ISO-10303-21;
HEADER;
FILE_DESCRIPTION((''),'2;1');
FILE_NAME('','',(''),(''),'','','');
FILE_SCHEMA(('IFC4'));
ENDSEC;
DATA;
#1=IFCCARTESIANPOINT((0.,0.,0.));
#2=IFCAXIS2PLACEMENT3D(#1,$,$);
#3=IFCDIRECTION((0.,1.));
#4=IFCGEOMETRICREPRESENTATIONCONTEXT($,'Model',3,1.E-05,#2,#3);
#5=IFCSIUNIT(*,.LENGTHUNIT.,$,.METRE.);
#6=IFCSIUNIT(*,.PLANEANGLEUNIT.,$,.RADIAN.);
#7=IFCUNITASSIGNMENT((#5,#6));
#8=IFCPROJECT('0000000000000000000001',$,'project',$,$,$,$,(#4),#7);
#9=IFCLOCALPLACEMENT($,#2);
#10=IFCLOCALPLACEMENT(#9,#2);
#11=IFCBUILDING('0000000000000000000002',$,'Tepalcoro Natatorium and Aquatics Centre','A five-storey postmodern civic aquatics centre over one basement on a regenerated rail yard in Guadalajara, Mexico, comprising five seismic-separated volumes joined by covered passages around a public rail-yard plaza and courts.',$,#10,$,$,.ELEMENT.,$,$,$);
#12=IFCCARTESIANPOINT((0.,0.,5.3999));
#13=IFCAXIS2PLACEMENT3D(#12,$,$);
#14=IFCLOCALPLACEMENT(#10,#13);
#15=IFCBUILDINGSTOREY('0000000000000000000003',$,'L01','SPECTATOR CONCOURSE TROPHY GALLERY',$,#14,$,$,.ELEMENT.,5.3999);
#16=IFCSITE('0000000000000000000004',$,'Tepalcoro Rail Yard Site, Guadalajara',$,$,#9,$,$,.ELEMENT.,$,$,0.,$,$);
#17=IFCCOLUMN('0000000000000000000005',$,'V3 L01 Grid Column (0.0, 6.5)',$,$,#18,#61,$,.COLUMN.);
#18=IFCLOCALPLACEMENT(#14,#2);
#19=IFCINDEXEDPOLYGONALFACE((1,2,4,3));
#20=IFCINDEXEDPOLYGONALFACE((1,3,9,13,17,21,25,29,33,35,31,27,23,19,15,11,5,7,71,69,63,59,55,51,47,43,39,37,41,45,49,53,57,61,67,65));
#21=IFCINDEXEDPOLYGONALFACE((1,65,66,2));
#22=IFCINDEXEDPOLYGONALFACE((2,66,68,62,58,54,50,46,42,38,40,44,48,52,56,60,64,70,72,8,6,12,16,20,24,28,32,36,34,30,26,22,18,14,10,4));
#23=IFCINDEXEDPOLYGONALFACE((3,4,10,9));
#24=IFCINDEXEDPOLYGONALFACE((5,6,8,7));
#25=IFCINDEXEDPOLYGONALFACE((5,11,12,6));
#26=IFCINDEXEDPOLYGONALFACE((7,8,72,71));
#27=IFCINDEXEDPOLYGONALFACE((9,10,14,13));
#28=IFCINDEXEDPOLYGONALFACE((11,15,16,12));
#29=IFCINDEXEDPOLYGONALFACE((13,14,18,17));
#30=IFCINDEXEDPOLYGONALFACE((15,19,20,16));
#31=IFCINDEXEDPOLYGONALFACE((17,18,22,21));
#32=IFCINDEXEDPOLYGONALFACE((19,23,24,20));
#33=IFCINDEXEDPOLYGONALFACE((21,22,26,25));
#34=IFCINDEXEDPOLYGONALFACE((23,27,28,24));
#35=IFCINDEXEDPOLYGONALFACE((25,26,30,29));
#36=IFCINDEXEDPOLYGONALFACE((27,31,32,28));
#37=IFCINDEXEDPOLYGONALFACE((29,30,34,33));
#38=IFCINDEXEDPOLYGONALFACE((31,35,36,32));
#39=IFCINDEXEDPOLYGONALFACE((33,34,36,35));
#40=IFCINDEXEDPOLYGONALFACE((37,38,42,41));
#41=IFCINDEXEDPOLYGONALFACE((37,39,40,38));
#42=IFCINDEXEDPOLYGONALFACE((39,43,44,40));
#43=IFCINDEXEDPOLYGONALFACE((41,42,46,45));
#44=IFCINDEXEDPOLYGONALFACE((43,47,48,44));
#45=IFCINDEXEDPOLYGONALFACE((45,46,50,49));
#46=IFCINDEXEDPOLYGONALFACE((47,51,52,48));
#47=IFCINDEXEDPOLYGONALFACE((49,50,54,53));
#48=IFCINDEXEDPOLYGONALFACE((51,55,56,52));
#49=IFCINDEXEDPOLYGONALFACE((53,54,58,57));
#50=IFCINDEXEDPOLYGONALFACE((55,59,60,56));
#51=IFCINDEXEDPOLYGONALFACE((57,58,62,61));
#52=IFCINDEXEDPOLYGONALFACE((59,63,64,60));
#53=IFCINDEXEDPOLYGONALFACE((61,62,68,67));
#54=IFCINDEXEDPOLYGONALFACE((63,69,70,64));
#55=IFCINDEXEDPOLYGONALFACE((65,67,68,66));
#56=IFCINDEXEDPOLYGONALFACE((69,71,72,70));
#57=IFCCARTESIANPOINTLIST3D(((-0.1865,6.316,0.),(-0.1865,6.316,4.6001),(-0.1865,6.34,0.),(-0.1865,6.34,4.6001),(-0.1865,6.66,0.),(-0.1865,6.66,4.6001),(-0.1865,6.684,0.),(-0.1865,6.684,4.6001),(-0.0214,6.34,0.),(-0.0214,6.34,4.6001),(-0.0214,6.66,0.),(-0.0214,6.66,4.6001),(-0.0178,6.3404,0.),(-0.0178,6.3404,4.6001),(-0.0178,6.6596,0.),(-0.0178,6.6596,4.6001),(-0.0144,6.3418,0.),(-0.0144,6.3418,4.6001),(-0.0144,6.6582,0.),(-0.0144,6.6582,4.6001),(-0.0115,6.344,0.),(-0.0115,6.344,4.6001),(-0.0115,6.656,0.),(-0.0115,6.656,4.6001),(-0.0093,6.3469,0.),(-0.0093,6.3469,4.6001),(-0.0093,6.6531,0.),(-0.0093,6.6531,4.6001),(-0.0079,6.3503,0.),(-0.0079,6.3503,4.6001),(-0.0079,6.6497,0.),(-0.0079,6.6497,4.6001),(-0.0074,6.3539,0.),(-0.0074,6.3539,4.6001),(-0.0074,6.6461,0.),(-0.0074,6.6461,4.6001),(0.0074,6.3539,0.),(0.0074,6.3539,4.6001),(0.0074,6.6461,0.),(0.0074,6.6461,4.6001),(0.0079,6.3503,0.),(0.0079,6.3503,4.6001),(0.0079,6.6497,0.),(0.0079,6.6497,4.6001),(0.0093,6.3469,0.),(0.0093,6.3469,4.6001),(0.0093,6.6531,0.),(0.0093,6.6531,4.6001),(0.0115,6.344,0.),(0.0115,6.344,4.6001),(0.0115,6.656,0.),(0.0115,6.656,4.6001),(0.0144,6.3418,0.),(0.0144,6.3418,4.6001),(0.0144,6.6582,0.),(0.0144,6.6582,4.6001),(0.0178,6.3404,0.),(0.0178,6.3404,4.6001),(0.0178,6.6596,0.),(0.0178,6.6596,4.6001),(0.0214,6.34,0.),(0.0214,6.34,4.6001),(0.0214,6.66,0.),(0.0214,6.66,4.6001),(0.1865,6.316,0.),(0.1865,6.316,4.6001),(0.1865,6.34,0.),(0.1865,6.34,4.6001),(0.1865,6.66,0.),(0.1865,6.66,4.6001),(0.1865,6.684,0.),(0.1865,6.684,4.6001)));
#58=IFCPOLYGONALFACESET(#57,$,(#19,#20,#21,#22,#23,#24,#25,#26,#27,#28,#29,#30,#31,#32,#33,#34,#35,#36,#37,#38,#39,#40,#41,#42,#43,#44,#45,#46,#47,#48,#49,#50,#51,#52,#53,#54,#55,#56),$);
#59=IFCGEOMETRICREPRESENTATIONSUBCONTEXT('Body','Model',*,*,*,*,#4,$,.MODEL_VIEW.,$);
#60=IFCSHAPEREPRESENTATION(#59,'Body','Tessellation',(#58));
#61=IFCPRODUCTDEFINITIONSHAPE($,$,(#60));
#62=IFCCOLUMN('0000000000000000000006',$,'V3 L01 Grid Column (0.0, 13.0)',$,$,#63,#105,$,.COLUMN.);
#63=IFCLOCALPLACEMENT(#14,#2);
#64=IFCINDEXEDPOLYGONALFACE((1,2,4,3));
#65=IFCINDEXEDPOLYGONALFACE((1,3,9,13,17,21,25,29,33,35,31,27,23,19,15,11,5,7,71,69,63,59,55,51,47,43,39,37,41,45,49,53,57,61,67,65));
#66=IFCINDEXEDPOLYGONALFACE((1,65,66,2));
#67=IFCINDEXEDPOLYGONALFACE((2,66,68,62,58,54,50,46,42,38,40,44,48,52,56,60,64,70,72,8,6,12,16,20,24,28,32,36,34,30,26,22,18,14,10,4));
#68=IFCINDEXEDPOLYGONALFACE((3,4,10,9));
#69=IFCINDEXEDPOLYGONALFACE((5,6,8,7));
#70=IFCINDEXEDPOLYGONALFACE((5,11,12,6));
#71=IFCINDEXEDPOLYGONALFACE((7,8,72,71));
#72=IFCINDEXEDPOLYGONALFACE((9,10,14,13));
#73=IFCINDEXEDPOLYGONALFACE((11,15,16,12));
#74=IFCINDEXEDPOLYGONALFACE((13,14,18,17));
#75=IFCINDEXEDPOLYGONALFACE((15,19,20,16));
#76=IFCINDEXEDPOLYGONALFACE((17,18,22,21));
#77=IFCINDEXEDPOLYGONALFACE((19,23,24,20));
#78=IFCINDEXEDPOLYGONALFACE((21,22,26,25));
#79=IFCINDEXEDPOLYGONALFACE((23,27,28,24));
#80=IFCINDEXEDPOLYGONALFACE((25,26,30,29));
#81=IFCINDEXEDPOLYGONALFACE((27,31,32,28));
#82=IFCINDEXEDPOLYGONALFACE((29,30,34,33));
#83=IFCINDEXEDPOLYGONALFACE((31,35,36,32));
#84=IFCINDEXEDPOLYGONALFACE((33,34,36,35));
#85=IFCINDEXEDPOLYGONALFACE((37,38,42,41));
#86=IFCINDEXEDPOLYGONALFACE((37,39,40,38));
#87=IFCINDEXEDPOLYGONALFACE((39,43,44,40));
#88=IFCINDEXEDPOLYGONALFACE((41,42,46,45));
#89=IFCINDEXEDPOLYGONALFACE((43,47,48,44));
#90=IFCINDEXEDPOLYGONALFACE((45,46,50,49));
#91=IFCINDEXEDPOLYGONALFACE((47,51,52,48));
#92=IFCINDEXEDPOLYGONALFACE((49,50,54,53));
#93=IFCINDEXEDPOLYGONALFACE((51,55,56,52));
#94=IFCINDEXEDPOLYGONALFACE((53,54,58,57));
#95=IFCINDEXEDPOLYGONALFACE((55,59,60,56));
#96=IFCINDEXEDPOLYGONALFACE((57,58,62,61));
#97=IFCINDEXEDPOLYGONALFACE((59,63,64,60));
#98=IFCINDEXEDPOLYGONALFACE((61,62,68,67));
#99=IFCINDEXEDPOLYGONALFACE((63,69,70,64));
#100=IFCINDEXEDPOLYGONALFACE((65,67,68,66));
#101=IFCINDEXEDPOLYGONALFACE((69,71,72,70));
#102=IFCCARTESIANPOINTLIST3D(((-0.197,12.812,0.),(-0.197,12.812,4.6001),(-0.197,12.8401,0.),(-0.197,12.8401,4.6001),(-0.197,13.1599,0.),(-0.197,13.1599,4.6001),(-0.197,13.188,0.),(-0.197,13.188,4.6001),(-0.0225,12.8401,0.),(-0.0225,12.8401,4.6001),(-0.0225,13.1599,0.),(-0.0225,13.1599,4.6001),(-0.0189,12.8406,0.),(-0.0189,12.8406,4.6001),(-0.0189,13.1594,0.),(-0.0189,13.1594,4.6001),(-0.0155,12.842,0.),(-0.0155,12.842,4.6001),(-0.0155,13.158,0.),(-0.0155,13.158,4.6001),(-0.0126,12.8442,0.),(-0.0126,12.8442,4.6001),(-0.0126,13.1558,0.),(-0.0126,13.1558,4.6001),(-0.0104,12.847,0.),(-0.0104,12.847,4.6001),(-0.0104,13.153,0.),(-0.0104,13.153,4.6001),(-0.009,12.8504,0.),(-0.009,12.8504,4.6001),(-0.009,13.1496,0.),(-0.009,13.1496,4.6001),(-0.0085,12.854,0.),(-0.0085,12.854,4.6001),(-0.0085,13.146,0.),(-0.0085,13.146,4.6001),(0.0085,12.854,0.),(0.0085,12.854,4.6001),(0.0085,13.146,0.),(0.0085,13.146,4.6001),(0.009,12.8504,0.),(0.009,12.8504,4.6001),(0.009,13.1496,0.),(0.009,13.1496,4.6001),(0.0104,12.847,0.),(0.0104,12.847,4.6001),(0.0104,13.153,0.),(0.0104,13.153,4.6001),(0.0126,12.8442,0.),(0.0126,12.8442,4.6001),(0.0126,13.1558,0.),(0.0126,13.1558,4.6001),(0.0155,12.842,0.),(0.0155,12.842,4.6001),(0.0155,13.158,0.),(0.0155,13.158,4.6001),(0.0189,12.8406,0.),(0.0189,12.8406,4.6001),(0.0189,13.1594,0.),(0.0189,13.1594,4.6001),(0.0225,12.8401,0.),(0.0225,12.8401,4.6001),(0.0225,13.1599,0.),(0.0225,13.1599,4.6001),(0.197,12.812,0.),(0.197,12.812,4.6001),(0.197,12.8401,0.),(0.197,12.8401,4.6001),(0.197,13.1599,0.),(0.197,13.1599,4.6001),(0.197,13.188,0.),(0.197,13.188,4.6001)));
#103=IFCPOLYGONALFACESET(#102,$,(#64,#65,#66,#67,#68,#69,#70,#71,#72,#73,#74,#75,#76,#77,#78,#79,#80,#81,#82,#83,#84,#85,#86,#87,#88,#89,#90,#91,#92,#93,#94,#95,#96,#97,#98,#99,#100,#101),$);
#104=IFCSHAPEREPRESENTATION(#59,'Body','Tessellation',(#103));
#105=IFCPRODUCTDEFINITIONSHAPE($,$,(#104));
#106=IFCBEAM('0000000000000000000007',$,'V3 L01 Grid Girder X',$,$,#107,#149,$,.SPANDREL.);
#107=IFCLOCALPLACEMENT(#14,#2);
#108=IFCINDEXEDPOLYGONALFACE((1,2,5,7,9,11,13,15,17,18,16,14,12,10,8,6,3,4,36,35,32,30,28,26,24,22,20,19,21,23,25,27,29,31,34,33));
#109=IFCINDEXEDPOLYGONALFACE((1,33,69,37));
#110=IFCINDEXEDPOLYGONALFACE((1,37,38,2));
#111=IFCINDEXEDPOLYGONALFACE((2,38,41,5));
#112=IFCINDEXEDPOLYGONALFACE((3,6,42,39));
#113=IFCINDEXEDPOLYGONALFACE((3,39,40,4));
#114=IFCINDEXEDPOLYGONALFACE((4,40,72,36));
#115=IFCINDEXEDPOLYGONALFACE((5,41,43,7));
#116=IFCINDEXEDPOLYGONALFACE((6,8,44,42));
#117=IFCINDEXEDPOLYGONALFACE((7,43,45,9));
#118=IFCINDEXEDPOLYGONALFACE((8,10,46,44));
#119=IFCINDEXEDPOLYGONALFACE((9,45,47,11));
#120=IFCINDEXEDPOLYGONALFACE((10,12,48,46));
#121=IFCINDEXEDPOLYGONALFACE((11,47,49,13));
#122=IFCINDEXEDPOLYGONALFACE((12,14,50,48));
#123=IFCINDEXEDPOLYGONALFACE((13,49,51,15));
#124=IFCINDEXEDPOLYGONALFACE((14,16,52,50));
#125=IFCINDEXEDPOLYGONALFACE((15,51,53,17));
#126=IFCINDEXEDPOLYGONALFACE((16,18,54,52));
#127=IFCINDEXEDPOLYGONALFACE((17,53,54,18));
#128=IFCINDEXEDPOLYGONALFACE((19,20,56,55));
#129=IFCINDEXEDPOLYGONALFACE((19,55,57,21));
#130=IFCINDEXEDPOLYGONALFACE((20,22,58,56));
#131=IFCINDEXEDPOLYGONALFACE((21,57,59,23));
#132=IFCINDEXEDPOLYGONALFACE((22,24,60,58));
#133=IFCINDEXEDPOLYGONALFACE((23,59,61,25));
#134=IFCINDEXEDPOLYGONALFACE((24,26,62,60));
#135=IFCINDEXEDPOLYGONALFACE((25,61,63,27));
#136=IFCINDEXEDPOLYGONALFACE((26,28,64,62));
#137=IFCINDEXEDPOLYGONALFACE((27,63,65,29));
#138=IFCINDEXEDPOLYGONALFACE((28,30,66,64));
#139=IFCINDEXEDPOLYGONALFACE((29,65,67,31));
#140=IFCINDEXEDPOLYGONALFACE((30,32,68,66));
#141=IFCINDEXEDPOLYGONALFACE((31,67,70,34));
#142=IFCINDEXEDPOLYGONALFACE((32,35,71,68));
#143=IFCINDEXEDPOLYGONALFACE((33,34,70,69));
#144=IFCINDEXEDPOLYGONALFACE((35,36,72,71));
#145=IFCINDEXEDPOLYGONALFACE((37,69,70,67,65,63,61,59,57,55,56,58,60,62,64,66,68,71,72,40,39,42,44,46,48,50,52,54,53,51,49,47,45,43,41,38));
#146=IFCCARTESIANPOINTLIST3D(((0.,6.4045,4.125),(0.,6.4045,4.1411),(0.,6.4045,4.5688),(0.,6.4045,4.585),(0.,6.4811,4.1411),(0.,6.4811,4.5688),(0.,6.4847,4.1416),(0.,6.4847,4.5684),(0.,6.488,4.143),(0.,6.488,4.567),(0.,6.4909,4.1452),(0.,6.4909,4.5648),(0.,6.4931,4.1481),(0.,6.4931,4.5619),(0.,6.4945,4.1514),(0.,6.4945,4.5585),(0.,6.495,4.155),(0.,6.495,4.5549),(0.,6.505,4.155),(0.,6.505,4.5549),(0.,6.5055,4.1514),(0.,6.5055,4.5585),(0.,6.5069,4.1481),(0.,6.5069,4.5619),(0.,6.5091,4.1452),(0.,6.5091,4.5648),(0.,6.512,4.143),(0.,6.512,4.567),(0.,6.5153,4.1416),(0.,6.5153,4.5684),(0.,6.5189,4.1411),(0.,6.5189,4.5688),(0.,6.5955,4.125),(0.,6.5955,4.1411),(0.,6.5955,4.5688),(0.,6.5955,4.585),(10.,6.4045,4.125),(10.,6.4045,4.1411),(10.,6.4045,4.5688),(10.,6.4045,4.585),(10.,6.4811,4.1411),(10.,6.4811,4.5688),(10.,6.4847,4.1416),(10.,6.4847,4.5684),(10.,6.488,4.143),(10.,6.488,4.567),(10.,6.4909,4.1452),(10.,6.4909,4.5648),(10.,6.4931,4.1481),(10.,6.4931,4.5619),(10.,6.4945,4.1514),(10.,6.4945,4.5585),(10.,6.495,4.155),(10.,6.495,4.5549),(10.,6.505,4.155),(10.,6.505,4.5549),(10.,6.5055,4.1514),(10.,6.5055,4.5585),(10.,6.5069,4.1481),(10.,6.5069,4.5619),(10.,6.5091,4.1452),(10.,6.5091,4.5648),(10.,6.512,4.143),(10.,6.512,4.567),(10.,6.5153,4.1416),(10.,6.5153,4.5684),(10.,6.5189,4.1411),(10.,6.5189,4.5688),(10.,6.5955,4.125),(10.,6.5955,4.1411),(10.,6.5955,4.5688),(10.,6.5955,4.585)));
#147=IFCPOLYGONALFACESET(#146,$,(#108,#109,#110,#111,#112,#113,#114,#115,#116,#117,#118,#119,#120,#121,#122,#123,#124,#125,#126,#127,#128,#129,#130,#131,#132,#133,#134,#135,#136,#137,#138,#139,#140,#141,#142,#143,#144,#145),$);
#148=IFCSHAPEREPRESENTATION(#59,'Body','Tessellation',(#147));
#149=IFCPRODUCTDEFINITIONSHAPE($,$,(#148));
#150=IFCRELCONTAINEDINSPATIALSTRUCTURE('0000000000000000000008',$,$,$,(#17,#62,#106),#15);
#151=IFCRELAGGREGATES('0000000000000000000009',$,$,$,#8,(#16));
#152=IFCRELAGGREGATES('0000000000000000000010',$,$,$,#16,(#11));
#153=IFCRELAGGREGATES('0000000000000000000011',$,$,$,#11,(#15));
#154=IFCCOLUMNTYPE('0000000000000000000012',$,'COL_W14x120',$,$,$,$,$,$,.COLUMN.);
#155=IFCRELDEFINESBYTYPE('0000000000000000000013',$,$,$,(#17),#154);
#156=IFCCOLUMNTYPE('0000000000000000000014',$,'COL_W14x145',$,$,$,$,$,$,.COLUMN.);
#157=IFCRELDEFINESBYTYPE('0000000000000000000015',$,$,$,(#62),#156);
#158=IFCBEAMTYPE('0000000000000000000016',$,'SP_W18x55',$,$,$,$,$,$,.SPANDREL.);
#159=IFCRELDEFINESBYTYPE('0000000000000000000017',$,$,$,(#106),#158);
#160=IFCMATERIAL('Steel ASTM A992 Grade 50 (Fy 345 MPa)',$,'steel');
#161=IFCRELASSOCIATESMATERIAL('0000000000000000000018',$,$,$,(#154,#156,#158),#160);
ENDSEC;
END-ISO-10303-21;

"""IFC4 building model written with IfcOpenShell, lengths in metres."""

from ifc_helpers import new_model, si_unit, direction, frame, origin, origin_2d, place, context, subcontext, project, spatial, i_section, extrude, material, material_profile, profile_set, type_object, element, save


model = new_model("IFC4")

# Units and contexts
model_context = context("Model", 3, precision=1e-05, world=origin(), true_north=direction((0.0, 1.0)))
body_context = subcontext(model_context, "Body", "Model", "MODEL_VIEW")
ifc_project = project(units=[si_unit("LENGTHUNIT", "METRE"), si_unit("PLANEANGLEUNIT", "RADIAN")], contexts=[model_context])

# Site, building, storey
site_placement = place(None, origin())
site = spatial("IfcSite", under=ifc_project, at=site_placement, Name="Tepalcoro Rail Yard Site, Guadalajara", CompositionType="ELEMENT", RefElevation=0.0)
building_placement = place(site_placement, origin())
building = spatial("IfcBuilding", under=site, at=building_placement, Name="Tepalcoro Natatorium and Aquatics Centre", Description="A five-storey postmodern civic aquatics centre over one basement on a regenerated rail yard in Guadalajara, Mexico, comprising five seismic-separated volumes joined by covered passages around a public rail-yard plaza and courts.", CompositionType="ELEMENT")
storey_placement = place(building_placement, frame((0.0, 0.0, 5.3999)))
storey = spatial("IfcBuildingStorey", under=building, at=storey_placement, Name="L01", Description="SPECTATOR CONCOURSE TROPHY GALLERY", CompositionType="ELEMENT", Elevation=5.3999)

# Columns
ifc_material_1 = material(Name="Steel ASTM A992 Grade 50 (Fy 345 MPa)", Category="steel")
ifc_material_profile_1 = material_profile(ifc_material_1, i_section(OverallWidth=0.373, OverallDepth=0.3679, WebThickness=0.0149, FlangeThickness=0.0239, FilletRadius=0.0139, at=origin_2d()), Name="W14X120")
ifc_profile_set_1 = profile_set([ifc_material_profile_1], Name="Steel ASTM A992 Grade 50 (Fy 345 MPa)")
column_type_1 = type_object("IfcColumnType", Name="COL_W14x120", PredefinedType="COLUMN", material=ifc_profile_set_1)
column_1_placement = place(storey_placement, frame((0.0, 6.5, 0.0), z_axis=(0.0, 0.0, 1.0), x_axis=(1.0, 0.0, 0.0)))
element("IfcColumn", 1, at=column_1_placement, inside=storey, type_object=column_type_1, Name="V3 L01 Grid Column (0.0, 6.5)", PredefinedType="COLUMN", context=body_context, shape_type="SweptSolid", body=[
    extrude(i_section(OverallWidth=0.373, OverallDepth=0.3679, WebThickness=0.0149, FlangeThickness=0.0239, FilletRadius=0.0139, at=origin_2d()), origin(), (0.0, 0.0, 1.0), 4.6001),
])
ifc_material_profile_2 = material_profile(ifc_material_1, i_section(OverallWidth=0.394, OverallDepth=0.376, WebThickness=0.0171, FlangeThickness=0.0281, FilletRadius=0.0139, at=origin_2d()), Name="W14X145")
ifc_profile_set_2 = profile_set([ifc_material_profile_2], Name="Steel ASTM A992 Grade 50 (Fy 345 MPa)")
column_type_2 = type_object("IfcColumnType", Name="COL_W14x145", PredefinedType="COLUMN", material=ifc_profile_set_2)
column_2_placement = place(storey_placement, frame((0.0, 13.0, 0.0), z_axis=(0.0, 0.0, 1.0), x_axis=(1.0, 0.0, 0.0)))
element("IfcColumn", 2, at=column_2_placement, inside=storey, type_object=column_type_2, Name="V3 L01 Grid Column (0.0, 13.0)", PredefinedType="COLUMN", context=body_context, shape_type="SweptSolid", body=[
    extrude(i_section(OverallWidth=0.394, OverallDepth=0.376, WebThickness=0.0171, FlangeThickness=0.0281, FilletRadius=0.0139, at=origin_2d()), origin(), (0.0, 0.0, 1.0), 4.6001),
])

# Beam
ifc_material_profile_3 = material_profile(ifc_material_1, i_section(OverallWidth=0.1909, OverallDepth=0.46, WebThickness=0.01, FlangeThickness=0.0161, FilletRadius=0.0139, at=origin_2d()), Name="W18X55")
ifc_profile_set_3 = profile_set([ifc_material_profile_3], Name="Steel ASTM A992 Grade 50 (Fy 345 MPa)")
beam_type_1 = type_object("IfcBeamType", Name="SP_W18x55", PredefinedType="SPANDREL", material=ifc_profile_set_3)
beam_1_placement = place(storey_placement, frame((0.0, 6.5, 4.355), z_axis=(1.0, 0.0, 0.0), x_axis=(0.0, 1.0, 0.0)))
element("IfcBeam", 3, at=beam_1_placement, inside=storey, type_object=beam_type_1, Name="V3 L01 Grid Girder X", PredefinedType="SPANDREL", context=body_context, shape_type="SweptSolid", body=[
    extrude(i_section(OverallWidth=0.1909, OverallDepth=0.46, WebThickness=0.01, FlangeThickness=0.0161, FilletRadius=0.0139, at=origin_2d()), origin(), (0.0, 0.0, 1.0), 10.0),
])

save(model, "model.ifc")
